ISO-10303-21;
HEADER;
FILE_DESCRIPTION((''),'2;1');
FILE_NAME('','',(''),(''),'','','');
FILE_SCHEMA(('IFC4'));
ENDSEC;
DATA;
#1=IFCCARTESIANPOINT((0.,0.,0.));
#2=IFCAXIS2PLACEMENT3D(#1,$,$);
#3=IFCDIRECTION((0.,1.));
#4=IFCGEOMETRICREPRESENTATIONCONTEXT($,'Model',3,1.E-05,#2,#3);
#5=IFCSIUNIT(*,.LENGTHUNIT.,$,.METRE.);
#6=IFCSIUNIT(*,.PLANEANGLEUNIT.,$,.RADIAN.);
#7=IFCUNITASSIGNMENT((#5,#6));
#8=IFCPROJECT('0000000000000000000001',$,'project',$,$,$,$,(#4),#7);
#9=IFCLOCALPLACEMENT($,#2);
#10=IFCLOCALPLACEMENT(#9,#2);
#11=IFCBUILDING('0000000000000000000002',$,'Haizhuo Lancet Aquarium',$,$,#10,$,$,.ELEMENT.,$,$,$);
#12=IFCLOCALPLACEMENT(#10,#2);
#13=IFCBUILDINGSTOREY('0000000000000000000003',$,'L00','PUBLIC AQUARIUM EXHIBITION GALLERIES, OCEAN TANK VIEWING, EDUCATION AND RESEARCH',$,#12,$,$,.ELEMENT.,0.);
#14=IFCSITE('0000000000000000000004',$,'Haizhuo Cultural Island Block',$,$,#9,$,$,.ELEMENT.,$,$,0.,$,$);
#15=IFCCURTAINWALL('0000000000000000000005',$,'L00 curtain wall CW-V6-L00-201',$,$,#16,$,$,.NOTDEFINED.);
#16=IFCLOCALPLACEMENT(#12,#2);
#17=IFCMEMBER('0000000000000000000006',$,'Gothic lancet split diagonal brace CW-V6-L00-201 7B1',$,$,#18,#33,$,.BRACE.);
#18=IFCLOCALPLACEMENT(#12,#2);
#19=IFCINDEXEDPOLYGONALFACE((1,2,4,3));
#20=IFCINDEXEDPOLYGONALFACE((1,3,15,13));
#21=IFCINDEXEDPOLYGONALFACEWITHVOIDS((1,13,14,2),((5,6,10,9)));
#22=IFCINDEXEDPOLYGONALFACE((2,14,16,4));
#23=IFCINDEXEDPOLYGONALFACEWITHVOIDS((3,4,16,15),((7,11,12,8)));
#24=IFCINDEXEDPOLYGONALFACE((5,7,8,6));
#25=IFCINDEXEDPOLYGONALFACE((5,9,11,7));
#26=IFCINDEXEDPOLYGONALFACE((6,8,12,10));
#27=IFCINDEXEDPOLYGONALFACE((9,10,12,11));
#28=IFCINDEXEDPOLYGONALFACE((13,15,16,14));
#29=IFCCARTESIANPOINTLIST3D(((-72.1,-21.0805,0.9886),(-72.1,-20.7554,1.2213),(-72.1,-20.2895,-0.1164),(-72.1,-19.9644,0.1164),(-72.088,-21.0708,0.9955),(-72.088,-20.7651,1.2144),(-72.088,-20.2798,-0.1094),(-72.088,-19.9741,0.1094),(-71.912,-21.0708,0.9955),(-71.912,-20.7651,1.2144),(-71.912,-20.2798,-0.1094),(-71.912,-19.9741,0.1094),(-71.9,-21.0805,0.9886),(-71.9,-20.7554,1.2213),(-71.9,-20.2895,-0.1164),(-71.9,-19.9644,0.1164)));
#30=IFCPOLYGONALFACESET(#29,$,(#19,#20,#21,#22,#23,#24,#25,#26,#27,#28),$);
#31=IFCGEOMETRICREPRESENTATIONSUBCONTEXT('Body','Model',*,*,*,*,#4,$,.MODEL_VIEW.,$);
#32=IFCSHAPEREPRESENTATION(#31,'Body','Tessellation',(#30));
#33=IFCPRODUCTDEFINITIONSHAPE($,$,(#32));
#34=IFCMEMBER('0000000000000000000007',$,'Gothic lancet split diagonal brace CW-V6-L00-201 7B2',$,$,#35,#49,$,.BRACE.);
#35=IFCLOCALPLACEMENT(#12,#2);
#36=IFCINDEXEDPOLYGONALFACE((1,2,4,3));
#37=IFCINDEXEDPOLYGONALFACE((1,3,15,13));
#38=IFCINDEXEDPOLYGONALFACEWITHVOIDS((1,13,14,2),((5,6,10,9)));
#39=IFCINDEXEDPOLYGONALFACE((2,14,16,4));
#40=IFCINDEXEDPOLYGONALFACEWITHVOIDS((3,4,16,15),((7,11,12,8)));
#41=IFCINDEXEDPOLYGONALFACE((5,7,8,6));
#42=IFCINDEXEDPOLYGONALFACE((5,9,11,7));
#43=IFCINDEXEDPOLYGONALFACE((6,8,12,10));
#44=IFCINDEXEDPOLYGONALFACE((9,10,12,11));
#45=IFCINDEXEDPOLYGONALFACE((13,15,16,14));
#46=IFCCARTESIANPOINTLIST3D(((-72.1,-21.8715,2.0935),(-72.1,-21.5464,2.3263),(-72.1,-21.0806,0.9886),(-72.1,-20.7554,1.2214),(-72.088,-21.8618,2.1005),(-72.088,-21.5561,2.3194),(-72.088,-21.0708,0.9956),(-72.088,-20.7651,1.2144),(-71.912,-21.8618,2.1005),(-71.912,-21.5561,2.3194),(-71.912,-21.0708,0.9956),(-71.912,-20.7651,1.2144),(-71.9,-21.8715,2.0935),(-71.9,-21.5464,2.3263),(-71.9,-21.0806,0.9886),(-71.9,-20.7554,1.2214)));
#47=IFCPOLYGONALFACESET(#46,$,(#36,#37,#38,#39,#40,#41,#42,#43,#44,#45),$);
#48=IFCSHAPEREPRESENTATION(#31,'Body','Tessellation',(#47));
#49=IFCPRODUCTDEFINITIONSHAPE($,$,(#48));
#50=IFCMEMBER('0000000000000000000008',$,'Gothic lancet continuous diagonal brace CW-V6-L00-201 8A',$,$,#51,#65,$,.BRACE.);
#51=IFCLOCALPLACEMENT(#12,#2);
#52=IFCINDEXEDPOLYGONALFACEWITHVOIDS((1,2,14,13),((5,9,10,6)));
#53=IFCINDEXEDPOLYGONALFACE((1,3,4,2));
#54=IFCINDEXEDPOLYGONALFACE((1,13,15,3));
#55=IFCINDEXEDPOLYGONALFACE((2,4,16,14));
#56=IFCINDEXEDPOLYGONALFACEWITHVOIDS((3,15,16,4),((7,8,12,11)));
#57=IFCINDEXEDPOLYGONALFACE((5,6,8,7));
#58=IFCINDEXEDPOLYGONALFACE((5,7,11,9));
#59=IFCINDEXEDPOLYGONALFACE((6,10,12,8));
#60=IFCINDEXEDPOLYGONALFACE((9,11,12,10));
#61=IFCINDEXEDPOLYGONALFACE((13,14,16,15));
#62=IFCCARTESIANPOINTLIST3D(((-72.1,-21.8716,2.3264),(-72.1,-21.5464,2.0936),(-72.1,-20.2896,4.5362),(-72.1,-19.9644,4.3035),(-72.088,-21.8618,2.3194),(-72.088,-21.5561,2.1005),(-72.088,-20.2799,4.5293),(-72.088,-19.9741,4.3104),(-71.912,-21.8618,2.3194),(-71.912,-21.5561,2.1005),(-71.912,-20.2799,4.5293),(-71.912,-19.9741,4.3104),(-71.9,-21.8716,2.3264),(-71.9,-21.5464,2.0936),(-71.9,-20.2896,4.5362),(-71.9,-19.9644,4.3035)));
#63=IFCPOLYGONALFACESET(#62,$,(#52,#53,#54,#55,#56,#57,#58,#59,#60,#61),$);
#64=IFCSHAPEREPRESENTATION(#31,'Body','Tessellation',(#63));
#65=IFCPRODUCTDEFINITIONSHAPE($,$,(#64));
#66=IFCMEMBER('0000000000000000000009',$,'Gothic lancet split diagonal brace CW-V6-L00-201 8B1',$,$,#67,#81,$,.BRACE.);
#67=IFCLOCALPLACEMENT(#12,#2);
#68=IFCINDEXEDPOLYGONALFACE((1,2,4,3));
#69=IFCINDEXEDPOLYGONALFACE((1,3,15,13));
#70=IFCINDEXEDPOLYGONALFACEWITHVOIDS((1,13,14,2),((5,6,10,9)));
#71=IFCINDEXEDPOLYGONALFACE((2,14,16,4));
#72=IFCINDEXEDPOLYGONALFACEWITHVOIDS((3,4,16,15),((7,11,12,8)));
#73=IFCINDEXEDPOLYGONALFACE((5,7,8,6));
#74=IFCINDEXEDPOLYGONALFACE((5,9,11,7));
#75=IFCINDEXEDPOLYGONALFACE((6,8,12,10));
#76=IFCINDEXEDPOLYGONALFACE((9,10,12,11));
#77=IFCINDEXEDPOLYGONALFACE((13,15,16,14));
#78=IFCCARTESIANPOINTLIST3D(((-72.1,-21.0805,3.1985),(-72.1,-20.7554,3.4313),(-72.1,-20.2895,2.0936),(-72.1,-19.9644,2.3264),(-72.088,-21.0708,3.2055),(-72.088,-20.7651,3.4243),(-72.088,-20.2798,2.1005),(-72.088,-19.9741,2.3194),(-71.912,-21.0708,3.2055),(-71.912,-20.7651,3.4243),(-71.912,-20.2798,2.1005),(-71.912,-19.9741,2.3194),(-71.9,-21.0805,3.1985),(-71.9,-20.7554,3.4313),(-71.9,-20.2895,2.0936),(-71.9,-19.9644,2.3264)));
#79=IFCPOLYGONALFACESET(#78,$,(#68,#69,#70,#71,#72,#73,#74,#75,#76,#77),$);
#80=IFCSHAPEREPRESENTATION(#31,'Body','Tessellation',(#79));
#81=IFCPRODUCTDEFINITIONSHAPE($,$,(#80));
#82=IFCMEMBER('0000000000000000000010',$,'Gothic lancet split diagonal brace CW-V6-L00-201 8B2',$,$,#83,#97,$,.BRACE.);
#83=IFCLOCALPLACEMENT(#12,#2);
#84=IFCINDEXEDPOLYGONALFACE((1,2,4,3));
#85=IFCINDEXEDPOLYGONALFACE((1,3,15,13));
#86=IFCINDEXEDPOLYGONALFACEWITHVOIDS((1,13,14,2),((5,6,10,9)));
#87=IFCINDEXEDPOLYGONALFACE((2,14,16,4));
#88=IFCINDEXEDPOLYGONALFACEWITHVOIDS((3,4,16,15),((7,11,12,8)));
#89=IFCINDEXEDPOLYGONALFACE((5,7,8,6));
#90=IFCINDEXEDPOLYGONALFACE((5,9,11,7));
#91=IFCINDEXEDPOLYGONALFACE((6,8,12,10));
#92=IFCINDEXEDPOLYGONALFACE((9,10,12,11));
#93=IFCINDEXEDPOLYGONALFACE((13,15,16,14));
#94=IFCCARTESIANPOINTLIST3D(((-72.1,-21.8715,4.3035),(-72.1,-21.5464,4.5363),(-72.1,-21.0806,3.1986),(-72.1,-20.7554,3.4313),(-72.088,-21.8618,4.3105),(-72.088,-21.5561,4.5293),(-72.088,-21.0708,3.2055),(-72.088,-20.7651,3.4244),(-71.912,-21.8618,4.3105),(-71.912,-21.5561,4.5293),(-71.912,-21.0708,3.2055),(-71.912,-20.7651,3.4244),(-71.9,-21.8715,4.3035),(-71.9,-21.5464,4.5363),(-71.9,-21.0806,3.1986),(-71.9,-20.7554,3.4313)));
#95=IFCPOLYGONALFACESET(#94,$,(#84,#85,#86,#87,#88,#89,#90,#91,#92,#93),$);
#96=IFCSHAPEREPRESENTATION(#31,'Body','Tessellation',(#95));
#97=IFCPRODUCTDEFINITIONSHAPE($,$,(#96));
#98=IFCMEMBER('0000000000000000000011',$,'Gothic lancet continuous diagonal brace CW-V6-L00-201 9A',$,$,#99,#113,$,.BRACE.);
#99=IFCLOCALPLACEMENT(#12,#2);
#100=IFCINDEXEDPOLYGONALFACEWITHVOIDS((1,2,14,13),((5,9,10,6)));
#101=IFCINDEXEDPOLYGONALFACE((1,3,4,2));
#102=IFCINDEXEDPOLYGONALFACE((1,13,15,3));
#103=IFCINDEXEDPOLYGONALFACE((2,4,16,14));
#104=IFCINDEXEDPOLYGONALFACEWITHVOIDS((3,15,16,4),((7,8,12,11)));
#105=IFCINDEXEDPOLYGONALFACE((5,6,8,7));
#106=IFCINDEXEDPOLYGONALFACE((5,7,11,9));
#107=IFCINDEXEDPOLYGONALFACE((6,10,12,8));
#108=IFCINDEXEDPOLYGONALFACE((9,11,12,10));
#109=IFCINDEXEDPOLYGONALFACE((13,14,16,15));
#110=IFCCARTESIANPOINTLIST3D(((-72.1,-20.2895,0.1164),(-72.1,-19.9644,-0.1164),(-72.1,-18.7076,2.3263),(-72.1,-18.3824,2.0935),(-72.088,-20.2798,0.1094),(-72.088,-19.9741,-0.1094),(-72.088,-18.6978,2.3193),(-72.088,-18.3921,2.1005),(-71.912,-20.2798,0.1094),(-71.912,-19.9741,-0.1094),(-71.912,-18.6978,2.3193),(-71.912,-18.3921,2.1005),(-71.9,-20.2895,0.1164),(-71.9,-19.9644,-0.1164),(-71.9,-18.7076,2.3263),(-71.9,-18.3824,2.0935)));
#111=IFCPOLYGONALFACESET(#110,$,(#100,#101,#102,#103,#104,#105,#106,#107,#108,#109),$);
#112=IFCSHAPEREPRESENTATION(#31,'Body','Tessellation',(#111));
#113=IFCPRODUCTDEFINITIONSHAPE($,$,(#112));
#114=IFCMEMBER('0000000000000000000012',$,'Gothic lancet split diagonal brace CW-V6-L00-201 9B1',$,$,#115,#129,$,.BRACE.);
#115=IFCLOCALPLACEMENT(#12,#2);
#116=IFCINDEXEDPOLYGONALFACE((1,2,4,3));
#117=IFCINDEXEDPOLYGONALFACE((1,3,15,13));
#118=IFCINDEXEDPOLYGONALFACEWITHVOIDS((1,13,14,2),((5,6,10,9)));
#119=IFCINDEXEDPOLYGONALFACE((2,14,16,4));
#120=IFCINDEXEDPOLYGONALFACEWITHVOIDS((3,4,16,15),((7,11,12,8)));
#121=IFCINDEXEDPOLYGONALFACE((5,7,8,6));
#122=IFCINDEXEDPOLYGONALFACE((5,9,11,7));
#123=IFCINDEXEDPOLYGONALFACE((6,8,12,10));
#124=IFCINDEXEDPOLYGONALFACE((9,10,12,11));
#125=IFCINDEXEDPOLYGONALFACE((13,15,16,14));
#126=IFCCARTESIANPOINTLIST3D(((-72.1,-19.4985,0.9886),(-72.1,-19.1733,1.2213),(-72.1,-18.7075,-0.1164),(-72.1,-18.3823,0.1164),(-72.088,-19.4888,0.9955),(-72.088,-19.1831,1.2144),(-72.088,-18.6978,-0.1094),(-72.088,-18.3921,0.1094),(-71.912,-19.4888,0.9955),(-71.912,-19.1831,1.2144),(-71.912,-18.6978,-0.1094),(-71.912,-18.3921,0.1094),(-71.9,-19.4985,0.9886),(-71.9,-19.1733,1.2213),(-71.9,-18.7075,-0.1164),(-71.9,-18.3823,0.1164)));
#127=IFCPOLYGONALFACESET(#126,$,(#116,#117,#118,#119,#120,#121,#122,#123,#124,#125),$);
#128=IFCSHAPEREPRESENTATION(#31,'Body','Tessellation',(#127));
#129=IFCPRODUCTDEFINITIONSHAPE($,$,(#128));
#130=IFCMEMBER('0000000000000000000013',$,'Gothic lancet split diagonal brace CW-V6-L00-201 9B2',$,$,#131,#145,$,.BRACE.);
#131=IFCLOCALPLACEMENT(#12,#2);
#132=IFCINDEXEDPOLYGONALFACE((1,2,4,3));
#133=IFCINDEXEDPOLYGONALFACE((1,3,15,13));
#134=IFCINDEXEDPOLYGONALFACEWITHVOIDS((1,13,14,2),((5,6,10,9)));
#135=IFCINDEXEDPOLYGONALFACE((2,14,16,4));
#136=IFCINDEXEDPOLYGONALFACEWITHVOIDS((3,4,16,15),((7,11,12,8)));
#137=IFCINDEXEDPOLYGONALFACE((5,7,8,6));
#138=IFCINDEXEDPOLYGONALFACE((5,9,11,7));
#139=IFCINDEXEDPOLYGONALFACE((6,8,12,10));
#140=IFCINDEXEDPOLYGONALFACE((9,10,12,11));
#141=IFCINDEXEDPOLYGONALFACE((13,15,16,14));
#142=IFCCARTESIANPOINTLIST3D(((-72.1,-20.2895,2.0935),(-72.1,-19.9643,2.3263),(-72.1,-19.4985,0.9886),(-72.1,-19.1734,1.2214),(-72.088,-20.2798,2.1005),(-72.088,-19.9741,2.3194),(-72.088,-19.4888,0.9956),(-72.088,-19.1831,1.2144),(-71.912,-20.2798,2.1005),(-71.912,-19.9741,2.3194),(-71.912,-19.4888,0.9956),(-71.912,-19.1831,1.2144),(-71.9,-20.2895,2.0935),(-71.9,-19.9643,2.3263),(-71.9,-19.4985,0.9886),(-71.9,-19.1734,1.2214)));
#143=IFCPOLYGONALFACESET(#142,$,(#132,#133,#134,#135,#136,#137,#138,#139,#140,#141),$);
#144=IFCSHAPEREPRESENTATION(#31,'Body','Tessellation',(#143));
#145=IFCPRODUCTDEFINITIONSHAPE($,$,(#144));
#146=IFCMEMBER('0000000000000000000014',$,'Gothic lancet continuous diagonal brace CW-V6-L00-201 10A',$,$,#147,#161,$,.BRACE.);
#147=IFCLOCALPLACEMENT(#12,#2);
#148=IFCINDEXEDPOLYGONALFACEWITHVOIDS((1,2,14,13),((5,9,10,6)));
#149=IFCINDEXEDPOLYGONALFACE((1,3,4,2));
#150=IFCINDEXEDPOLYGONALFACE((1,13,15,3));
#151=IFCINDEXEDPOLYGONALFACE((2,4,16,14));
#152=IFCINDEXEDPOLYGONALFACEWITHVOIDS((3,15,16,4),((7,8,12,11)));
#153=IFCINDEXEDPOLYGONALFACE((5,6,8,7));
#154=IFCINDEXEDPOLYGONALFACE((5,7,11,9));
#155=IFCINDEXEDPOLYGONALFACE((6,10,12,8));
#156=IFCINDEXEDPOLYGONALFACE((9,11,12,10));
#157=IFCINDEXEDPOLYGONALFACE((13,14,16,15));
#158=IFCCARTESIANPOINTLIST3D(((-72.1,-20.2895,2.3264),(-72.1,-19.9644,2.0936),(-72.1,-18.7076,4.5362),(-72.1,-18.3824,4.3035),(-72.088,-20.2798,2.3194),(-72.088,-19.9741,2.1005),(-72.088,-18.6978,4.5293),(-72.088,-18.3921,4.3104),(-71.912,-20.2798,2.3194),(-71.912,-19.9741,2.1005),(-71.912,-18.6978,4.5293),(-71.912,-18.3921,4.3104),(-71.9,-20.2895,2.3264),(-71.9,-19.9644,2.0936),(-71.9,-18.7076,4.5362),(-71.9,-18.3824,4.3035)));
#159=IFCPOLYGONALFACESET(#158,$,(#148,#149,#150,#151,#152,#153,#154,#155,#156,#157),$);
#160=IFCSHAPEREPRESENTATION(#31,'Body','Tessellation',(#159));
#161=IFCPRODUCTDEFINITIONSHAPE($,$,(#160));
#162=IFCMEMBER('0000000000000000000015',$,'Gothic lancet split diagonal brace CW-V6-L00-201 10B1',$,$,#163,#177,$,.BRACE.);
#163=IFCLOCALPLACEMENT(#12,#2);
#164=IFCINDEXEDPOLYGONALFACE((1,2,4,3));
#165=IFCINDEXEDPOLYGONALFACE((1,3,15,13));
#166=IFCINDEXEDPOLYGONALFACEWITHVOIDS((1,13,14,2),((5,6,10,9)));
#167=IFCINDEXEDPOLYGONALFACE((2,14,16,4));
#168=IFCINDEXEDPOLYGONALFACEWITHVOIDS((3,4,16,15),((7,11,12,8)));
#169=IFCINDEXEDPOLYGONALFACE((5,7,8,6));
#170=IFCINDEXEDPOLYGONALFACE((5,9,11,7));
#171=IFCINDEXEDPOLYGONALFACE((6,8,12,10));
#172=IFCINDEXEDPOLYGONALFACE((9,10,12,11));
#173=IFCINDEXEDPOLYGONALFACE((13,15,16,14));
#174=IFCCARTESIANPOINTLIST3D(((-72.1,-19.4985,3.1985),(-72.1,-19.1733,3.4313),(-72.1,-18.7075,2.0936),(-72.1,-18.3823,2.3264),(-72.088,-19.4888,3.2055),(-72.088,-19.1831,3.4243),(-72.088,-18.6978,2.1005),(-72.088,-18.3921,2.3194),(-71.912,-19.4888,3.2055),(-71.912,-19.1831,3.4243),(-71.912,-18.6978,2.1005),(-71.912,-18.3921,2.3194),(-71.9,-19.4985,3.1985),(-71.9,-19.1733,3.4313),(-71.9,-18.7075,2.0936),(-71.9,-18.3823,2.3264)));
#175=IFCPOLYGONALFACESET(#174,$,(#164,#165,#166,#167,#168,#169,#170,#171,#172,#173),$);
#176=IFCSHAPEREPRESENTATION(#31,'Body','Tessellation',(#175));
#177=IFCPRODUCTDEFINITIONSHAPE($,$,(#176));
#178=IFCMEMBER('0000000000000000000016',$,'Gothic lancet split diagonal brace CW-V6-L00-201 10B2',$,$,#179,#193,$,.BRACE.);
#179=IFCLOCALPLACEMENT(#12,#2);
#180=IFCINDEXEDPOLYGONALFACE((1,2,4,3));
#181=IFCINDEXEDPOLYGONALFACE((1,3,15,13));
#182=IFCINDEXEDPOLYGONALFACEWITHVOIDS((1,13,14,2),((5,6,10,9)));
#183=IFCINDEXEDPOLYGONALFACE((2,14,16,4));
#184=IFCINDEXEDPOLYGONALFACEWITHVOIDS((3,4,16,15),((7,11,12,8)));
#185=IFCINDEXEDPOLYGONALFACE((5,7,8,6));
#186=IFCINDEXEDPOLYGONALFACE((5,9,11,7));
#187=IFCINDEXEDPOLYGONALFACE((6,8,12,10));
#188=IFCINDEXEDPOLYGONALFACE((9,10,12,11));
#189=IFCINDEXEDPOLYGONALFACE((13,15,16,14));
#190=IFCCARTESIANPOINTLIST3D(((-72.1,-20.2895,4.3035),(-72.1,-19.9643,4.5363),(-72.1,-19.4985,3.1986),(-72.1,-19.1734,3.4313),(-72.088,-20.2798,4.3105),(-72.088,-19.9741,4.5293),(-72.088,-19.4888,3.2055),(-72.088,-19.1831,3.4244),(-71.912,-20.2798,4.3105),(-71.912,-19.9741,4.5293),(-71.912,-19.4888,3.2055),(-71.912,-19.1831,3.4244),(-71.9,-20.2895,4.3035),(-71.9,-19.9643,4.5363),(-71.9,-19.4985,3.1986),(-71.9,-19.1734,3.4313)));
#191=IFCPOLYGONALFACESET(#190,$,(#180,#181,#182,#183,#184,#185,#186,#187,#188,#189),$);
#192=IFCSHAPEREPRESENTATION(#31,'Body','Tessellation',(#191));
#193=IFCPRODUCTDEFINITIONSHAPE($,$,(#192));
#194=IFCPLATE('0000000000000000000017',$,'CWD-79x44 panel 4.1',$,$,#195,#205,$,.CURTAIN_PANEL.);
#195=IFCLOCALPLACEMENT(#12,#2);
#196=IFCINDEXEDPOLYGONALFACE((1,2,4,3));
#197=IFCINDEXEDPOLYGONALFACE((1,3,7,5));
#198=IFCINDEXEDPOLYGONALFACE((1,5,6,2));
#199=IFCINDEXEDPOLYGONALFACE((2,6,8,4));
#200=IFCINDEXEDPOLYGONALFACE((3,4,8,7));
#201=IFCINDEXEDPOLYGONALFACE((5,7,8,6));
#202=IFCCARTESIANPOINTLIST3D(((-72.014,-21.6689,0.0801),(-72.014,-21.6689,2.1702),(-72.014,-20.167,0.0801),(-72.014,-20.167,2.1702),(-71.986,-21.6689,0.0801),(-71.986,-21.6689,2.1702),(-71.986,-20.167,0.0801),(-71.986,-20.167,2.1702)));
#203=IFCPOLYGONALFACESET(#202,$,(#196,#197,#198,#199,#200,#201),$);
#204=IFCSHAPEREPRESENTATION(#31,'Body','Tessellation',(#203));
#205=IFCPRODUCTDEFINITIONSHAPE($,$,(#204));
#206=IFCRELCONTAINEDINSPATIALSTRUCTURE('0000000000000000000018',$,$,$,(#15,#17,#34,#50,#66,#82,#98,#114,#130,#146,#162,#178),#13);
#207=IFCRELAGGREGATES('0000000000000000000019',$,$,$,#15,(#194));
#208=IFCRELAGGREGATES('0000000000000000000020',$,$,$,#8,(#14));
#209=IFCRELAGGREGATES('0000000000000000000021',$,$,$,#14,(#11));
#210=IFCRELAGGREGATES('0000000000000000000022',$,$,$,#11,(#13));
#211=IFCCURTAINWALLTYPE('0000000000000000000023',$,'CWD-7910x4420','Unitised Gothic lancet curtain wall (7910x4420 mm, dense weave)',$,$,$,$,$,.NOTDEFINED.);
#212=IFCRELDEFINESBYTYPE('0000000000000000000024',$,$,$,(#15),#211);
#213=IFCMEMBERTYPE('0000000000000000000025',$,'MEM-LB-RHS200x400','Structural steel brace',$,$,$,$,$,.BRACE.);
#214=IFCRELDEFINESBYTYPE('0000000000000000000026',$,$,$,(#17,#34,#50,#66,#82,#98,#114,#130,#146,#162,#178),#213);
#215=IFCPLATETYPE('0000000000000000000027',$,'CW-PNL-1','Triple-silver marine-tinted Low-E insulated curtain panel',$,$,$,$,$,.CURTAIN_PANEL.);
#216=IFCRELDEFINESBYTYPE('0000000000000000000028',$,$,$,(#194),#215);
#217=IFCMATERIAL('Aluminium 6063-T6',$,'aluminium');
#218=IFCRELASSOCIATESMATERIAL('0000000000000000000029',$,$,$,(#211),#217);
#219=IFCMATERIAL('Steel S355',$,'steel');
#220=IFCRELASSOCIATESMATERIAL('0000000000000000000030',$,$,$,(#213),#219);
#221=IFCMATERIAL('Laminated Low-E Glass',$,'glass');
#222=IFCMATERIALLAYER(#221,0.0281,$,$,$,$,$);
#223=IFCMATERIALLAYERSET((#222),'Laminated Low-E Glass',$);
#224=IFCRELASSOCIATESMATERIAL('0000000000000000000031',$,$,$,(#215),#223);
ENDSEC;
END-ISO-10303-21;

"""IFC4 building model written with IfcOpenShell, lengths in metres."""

from ifc_helpers import new_model, si_unit, direction, frame, origin, origin_2d, place, context, subcontext, project, spatial, rectangle, hollow_rectangle, extrude, material, layer, layer_set, material_profile, profile_set, type_object, element, aggregate, save


model = new_model("IFC4")

# Units and contexts
model_context = context("Model", 3, precision=1e-05, world=origin(), true_north=direction((0.0, 1.0)))
body_context = subcontext(model_context, "Body", "Model", "MODEL_VIEW")
ifc_project = project(units=[si_unit("LENGTHUNIT", "METRE"), si_unit("PLANEANGLEUNIT", "RADIAN")], contexts=[model_context])

# Site, building, storey
site_placement = place(None, origin())
site = spatial("IfcSite", under=ifc_project, at=site_placement, Name="Haizhuo Cultural Island Block", CompositionType="ELEMENT", RefElevation=0.0)
building_placement = place(site_placement, origin())
building = spatial("IfcBuilding", under=site, at=building_placement, Name="Haizhuo Lancet Aquarium", CompositionType="ELEMENT")
storey_placement = place(building_placement, origin())
storey = spatial("IfcBuildingStorey", under=building, at=storey_placement, Name="L00", Description="PUBLIC AQUARIUM EXHIBITION GALLERIES, OCEAN TANK VIEWING, EDUCATION AND RESEARCH", CompositionType="ELEMENT", Elevation=0.0)

# Shared definitions
ifc_material_1 = material(Name="Steel S355", Category="steel")

# Curtain wall
ifc_material_2 = material(Name="Aluminium 6063-T6", Category="aluminium")
curtain_wall_type = type_object("IfcCurtainWallType", Name="CWD-7910x4420", Description="Unitised Gothic lancet curtain wall (7910x4420 mm, dense weave)", PredefinedType="NOTDEFINED", material=ifc_material_2)
curtain_wall_placement = place(storey_placement, origin())
curtain_wall = element("IfcCurtainWall", 1, at=curtain_wall_placement, inside=storey, type_object=curtain_wall_type, Name="L00 curtain wall CW-V6-L00-201", PredefinedType="NOTDEFINED")

# Members
ifc_material_profile_1 = material_profile(ifc_material_1, hollow_rectangle(XDim=0.2, YDim=0.3999, WallThickness=0.012, at=origin_2d()), Name="RHS 200x400x12")
ifc_profile_set_1 = profile_set([ifc_material_profile_1], Name="Steel S355")
member_type_1 = type_object("IfcMemberType", Name="MEM-LB-RHS200x400", Description="Structural steel brace", PredefinedType="BRACE", material=ifc_profile_set_1)
for number, where, z_axis, x_axis, name in (
    (2, (-72.0, -20.127, 0.0), (0.0, -0.582088, 0.813126), (1.0, 0.0, 0.0), "Gothic lancet split diagonal brace CW-V6-L00-201 7B1"),
    (3, (-72.0, -20.918, 1.105), (0.0, -0.582088, 0.813126), (1.0, 0.0, 0.0), "Gothic lancet split diagonal brace CW-V6-L00-201 7B2"),
):
    element("IfcMember", number, at=place(storey_placement, frame(where, z_axis=z_axis, x_axis=x_axis)), inside=storey, type_object=member_type_1, Name=name, PredefinedType="BRACE", context=body_context, shape_type="SweptSolid", body=[
        extrude(hollow_rectangle(XDim=0.2, YDim=0.3999, WallThickness=0.012, at=origin_2d()), origin(), (0.0, 0.0, 1.0), 1.3589),
    ])
member_1_placement = place(storey_placement, frame((-72.0, -21.709, 2.21), z_axis=(0.0, 0.582088, 0.813126), x_axis=(-1.0, 0.0, 0.0)))
element("IfcMember", 4, at=member_1_placement, inside=storey, type_object=member_type_1, Name="Gothic lancet continuous diagonal brace CW-V6-L00-201 8A", PredefinedType="BRACE", context=body_context, shape_type="SweptSolid", body=[
    extrude(hollow_rectangle(XDim=0.2, YDim=0.3999, WallThickness=0.012, at=origin_2d()), origin(), (0.0, 0.0, 1.0), 2.7178),
])
for number, where, z_axis, x_axis, name in (
    (5, (-72.0, -20.127, 2.21), (0.0, -0.582088, 0.813126), (1.0, 0.0, 0.0), "Gothic lancet split diagonal brace CW-V6-L00-201 8B1"),
    (6, (-72.0, -20.918, 3.3149), (0.0, -0.582088, 0.813126), (1.0, 0.0, 0.0), "Gothic lancet split diagonal brace CW-V6-L00-201 8B2"),
):
    element("IfcMember", number, at=place(storey_placement, frame(where, z_axis=z_axis, x_axis=x_axis)), inside=storey, type_object=member_type_1, Name=name, PredefinedType="BRACE", context=body_context, shape_type="SweptSolid", body=[
        extrude(hollow_rectangle(XDim=0.2, YDim=0.3999, WallThickness=0.012, at=origin_2d()), origin(), (0.0, 0.0, 1.0), 1.3589),
    ])
member_2_placement = place(storey_placement, frame((-72.0, -20.127, 0.0), z_axis=(0.0, 0.582088, 0.813126), x_axis=(-1.0, 0.0, 0.0)))
element("IfcMember", 7, at=member_2_placement, inside=storey, type_object=member_type_1, Name="Gothic lancet continuous diagonal brace CW-V6-L00-201 9A", PredefinedType="BRACE", context=body_context, shape_type="SweptSolid", body=[
    extrude(hollow_rectangle(XDim=0.2, YDim=0.3999, WallThickness=0.012, at=origin_2d()), origin(), (0.0, 0.0, 1.0), 2.7178),
])
for number, where, z_axis, x_axis, name in (
    (8, (-72.0, -18.5449, 0.0), (0.0, -0.582088, 0.813126), (1.0, 0.0, 0.0), "Gothic lancet split diagonal brace CW-V6-L00-201 9B1"),
    (9, (-72.0, -19.3359, 1.105), (0.0, -0.582088, 0.813126), (1.0, 0.0, 0.0), "Gothic lancet split diagonal brace CW-V6-L00-201 9B2"),
):
    element("IfcMember", number, at=place(storey_placement, frame(where, z_axis=z_axis, x_axis=x_axis)), inside=storey, type_object=member_type_1, Name=name, PredefinedType="BRACE", context=body_context, shape_type="SweptSolid", body=[
        extrude(hollow_rectangle(XDim=0.2, YDim=0.3999, WallThickness=0.012, at=origin_2d()), origin(), (0.0, 0.0, 1.0), 1.3589),
    ])
member_3_placement = place(storey_placement, frame((-72.0, -20.127, 2.21), z_axis=(0.0, 0.582088, 0.813126), x_axis=(-1.0, 0.0, 0.0)))
element("IfcMember", 10, at=member_3_placement, inside=storey, type_object=member_type_1, Name="Gothic lancet continuous diagonal brace CW-V6-L00-201 10A", PredefinedType="BRACE", context=body_context, shape_type="SweptSolid", body=[
    extrude(hollow_rectangle(XDim=0.2, YDim=0.3999, WallThickness=0.012, at=origin_2d()), origin(), (0.0, 0.0, 1.0), 2.7178),
])
for number, where, z_axis, x_axis, name in (
    (11, (-72.0, -18.5449, 2.21), (0.0, -0.582088, 0.813126), (1.0, 0.0, 0.0), "Gothic lancet split diagonal brace CW-V6-L00-201 10B1"),
    (12, (-72.0, -19.3359, 3.3149), (0.0, -0.582088, 0.813126), (1.0, 0.0, 0.0), "Gothic lancet split diagonal brace CW-V6-L00-201 10B2"),
):
    element("IfcMember", number, at=place(storey_placement, frame(where, z_axis=z_axis, x_axis=x_axis)), inside=storey, type_object=member_type_1, Name=name, PredefinedType="BRACE", context=body_context, shape_type="SweptSolid", body=[
        extrude(hollow_rectangle(XDim=0.2, YDim=0.3999, WallThickness=0.012, at=origin_2d()), origin(), (0.0, 0.0, 1.0), 1.3589),
    ])

# Plate
ifc_material_3 = material(Name="Laminated Low-E Glass", Category="glass")
ifc_layer_1 = layer(ifc_material_3, 0.0281)
ifc_layer_set_1 = layer_set([ifc_layer_1], Name="Laminated Low-E Glass")
plate_type = type_object("IfcPlateType", Name="CW-PNL-1", Description="Triple-silver marine-tinted Low-E insulated curtain panel", PredefinedType="CURTAIN_PANEL", material=ifc_layer_set_1)
plate_1_placement = place(storey_placement, frame((-72.0, -20.918, 0.0801), z_axis=(0.0, 0.0, 1.0), x_axis=(0.0, 1.0, 0.0)))
plate_1 = element("IfcPlate", 13, at=plate_1_placement, type_object=plate_type, Name="CWD-79x44 panel 4.1", PredefinedType="CURTAIN_PANEL", context=body_context, shape_type="SweptSolid", body=[
    extrude(rectangle(XDim=1.502, YDim=0.0281, at=origin_2d()), origin(), (0.0, 0.0, 1.0), 2.0901),
])
aggregate(curtain_wall, [plate_1])

save(model, "model.ifc")
